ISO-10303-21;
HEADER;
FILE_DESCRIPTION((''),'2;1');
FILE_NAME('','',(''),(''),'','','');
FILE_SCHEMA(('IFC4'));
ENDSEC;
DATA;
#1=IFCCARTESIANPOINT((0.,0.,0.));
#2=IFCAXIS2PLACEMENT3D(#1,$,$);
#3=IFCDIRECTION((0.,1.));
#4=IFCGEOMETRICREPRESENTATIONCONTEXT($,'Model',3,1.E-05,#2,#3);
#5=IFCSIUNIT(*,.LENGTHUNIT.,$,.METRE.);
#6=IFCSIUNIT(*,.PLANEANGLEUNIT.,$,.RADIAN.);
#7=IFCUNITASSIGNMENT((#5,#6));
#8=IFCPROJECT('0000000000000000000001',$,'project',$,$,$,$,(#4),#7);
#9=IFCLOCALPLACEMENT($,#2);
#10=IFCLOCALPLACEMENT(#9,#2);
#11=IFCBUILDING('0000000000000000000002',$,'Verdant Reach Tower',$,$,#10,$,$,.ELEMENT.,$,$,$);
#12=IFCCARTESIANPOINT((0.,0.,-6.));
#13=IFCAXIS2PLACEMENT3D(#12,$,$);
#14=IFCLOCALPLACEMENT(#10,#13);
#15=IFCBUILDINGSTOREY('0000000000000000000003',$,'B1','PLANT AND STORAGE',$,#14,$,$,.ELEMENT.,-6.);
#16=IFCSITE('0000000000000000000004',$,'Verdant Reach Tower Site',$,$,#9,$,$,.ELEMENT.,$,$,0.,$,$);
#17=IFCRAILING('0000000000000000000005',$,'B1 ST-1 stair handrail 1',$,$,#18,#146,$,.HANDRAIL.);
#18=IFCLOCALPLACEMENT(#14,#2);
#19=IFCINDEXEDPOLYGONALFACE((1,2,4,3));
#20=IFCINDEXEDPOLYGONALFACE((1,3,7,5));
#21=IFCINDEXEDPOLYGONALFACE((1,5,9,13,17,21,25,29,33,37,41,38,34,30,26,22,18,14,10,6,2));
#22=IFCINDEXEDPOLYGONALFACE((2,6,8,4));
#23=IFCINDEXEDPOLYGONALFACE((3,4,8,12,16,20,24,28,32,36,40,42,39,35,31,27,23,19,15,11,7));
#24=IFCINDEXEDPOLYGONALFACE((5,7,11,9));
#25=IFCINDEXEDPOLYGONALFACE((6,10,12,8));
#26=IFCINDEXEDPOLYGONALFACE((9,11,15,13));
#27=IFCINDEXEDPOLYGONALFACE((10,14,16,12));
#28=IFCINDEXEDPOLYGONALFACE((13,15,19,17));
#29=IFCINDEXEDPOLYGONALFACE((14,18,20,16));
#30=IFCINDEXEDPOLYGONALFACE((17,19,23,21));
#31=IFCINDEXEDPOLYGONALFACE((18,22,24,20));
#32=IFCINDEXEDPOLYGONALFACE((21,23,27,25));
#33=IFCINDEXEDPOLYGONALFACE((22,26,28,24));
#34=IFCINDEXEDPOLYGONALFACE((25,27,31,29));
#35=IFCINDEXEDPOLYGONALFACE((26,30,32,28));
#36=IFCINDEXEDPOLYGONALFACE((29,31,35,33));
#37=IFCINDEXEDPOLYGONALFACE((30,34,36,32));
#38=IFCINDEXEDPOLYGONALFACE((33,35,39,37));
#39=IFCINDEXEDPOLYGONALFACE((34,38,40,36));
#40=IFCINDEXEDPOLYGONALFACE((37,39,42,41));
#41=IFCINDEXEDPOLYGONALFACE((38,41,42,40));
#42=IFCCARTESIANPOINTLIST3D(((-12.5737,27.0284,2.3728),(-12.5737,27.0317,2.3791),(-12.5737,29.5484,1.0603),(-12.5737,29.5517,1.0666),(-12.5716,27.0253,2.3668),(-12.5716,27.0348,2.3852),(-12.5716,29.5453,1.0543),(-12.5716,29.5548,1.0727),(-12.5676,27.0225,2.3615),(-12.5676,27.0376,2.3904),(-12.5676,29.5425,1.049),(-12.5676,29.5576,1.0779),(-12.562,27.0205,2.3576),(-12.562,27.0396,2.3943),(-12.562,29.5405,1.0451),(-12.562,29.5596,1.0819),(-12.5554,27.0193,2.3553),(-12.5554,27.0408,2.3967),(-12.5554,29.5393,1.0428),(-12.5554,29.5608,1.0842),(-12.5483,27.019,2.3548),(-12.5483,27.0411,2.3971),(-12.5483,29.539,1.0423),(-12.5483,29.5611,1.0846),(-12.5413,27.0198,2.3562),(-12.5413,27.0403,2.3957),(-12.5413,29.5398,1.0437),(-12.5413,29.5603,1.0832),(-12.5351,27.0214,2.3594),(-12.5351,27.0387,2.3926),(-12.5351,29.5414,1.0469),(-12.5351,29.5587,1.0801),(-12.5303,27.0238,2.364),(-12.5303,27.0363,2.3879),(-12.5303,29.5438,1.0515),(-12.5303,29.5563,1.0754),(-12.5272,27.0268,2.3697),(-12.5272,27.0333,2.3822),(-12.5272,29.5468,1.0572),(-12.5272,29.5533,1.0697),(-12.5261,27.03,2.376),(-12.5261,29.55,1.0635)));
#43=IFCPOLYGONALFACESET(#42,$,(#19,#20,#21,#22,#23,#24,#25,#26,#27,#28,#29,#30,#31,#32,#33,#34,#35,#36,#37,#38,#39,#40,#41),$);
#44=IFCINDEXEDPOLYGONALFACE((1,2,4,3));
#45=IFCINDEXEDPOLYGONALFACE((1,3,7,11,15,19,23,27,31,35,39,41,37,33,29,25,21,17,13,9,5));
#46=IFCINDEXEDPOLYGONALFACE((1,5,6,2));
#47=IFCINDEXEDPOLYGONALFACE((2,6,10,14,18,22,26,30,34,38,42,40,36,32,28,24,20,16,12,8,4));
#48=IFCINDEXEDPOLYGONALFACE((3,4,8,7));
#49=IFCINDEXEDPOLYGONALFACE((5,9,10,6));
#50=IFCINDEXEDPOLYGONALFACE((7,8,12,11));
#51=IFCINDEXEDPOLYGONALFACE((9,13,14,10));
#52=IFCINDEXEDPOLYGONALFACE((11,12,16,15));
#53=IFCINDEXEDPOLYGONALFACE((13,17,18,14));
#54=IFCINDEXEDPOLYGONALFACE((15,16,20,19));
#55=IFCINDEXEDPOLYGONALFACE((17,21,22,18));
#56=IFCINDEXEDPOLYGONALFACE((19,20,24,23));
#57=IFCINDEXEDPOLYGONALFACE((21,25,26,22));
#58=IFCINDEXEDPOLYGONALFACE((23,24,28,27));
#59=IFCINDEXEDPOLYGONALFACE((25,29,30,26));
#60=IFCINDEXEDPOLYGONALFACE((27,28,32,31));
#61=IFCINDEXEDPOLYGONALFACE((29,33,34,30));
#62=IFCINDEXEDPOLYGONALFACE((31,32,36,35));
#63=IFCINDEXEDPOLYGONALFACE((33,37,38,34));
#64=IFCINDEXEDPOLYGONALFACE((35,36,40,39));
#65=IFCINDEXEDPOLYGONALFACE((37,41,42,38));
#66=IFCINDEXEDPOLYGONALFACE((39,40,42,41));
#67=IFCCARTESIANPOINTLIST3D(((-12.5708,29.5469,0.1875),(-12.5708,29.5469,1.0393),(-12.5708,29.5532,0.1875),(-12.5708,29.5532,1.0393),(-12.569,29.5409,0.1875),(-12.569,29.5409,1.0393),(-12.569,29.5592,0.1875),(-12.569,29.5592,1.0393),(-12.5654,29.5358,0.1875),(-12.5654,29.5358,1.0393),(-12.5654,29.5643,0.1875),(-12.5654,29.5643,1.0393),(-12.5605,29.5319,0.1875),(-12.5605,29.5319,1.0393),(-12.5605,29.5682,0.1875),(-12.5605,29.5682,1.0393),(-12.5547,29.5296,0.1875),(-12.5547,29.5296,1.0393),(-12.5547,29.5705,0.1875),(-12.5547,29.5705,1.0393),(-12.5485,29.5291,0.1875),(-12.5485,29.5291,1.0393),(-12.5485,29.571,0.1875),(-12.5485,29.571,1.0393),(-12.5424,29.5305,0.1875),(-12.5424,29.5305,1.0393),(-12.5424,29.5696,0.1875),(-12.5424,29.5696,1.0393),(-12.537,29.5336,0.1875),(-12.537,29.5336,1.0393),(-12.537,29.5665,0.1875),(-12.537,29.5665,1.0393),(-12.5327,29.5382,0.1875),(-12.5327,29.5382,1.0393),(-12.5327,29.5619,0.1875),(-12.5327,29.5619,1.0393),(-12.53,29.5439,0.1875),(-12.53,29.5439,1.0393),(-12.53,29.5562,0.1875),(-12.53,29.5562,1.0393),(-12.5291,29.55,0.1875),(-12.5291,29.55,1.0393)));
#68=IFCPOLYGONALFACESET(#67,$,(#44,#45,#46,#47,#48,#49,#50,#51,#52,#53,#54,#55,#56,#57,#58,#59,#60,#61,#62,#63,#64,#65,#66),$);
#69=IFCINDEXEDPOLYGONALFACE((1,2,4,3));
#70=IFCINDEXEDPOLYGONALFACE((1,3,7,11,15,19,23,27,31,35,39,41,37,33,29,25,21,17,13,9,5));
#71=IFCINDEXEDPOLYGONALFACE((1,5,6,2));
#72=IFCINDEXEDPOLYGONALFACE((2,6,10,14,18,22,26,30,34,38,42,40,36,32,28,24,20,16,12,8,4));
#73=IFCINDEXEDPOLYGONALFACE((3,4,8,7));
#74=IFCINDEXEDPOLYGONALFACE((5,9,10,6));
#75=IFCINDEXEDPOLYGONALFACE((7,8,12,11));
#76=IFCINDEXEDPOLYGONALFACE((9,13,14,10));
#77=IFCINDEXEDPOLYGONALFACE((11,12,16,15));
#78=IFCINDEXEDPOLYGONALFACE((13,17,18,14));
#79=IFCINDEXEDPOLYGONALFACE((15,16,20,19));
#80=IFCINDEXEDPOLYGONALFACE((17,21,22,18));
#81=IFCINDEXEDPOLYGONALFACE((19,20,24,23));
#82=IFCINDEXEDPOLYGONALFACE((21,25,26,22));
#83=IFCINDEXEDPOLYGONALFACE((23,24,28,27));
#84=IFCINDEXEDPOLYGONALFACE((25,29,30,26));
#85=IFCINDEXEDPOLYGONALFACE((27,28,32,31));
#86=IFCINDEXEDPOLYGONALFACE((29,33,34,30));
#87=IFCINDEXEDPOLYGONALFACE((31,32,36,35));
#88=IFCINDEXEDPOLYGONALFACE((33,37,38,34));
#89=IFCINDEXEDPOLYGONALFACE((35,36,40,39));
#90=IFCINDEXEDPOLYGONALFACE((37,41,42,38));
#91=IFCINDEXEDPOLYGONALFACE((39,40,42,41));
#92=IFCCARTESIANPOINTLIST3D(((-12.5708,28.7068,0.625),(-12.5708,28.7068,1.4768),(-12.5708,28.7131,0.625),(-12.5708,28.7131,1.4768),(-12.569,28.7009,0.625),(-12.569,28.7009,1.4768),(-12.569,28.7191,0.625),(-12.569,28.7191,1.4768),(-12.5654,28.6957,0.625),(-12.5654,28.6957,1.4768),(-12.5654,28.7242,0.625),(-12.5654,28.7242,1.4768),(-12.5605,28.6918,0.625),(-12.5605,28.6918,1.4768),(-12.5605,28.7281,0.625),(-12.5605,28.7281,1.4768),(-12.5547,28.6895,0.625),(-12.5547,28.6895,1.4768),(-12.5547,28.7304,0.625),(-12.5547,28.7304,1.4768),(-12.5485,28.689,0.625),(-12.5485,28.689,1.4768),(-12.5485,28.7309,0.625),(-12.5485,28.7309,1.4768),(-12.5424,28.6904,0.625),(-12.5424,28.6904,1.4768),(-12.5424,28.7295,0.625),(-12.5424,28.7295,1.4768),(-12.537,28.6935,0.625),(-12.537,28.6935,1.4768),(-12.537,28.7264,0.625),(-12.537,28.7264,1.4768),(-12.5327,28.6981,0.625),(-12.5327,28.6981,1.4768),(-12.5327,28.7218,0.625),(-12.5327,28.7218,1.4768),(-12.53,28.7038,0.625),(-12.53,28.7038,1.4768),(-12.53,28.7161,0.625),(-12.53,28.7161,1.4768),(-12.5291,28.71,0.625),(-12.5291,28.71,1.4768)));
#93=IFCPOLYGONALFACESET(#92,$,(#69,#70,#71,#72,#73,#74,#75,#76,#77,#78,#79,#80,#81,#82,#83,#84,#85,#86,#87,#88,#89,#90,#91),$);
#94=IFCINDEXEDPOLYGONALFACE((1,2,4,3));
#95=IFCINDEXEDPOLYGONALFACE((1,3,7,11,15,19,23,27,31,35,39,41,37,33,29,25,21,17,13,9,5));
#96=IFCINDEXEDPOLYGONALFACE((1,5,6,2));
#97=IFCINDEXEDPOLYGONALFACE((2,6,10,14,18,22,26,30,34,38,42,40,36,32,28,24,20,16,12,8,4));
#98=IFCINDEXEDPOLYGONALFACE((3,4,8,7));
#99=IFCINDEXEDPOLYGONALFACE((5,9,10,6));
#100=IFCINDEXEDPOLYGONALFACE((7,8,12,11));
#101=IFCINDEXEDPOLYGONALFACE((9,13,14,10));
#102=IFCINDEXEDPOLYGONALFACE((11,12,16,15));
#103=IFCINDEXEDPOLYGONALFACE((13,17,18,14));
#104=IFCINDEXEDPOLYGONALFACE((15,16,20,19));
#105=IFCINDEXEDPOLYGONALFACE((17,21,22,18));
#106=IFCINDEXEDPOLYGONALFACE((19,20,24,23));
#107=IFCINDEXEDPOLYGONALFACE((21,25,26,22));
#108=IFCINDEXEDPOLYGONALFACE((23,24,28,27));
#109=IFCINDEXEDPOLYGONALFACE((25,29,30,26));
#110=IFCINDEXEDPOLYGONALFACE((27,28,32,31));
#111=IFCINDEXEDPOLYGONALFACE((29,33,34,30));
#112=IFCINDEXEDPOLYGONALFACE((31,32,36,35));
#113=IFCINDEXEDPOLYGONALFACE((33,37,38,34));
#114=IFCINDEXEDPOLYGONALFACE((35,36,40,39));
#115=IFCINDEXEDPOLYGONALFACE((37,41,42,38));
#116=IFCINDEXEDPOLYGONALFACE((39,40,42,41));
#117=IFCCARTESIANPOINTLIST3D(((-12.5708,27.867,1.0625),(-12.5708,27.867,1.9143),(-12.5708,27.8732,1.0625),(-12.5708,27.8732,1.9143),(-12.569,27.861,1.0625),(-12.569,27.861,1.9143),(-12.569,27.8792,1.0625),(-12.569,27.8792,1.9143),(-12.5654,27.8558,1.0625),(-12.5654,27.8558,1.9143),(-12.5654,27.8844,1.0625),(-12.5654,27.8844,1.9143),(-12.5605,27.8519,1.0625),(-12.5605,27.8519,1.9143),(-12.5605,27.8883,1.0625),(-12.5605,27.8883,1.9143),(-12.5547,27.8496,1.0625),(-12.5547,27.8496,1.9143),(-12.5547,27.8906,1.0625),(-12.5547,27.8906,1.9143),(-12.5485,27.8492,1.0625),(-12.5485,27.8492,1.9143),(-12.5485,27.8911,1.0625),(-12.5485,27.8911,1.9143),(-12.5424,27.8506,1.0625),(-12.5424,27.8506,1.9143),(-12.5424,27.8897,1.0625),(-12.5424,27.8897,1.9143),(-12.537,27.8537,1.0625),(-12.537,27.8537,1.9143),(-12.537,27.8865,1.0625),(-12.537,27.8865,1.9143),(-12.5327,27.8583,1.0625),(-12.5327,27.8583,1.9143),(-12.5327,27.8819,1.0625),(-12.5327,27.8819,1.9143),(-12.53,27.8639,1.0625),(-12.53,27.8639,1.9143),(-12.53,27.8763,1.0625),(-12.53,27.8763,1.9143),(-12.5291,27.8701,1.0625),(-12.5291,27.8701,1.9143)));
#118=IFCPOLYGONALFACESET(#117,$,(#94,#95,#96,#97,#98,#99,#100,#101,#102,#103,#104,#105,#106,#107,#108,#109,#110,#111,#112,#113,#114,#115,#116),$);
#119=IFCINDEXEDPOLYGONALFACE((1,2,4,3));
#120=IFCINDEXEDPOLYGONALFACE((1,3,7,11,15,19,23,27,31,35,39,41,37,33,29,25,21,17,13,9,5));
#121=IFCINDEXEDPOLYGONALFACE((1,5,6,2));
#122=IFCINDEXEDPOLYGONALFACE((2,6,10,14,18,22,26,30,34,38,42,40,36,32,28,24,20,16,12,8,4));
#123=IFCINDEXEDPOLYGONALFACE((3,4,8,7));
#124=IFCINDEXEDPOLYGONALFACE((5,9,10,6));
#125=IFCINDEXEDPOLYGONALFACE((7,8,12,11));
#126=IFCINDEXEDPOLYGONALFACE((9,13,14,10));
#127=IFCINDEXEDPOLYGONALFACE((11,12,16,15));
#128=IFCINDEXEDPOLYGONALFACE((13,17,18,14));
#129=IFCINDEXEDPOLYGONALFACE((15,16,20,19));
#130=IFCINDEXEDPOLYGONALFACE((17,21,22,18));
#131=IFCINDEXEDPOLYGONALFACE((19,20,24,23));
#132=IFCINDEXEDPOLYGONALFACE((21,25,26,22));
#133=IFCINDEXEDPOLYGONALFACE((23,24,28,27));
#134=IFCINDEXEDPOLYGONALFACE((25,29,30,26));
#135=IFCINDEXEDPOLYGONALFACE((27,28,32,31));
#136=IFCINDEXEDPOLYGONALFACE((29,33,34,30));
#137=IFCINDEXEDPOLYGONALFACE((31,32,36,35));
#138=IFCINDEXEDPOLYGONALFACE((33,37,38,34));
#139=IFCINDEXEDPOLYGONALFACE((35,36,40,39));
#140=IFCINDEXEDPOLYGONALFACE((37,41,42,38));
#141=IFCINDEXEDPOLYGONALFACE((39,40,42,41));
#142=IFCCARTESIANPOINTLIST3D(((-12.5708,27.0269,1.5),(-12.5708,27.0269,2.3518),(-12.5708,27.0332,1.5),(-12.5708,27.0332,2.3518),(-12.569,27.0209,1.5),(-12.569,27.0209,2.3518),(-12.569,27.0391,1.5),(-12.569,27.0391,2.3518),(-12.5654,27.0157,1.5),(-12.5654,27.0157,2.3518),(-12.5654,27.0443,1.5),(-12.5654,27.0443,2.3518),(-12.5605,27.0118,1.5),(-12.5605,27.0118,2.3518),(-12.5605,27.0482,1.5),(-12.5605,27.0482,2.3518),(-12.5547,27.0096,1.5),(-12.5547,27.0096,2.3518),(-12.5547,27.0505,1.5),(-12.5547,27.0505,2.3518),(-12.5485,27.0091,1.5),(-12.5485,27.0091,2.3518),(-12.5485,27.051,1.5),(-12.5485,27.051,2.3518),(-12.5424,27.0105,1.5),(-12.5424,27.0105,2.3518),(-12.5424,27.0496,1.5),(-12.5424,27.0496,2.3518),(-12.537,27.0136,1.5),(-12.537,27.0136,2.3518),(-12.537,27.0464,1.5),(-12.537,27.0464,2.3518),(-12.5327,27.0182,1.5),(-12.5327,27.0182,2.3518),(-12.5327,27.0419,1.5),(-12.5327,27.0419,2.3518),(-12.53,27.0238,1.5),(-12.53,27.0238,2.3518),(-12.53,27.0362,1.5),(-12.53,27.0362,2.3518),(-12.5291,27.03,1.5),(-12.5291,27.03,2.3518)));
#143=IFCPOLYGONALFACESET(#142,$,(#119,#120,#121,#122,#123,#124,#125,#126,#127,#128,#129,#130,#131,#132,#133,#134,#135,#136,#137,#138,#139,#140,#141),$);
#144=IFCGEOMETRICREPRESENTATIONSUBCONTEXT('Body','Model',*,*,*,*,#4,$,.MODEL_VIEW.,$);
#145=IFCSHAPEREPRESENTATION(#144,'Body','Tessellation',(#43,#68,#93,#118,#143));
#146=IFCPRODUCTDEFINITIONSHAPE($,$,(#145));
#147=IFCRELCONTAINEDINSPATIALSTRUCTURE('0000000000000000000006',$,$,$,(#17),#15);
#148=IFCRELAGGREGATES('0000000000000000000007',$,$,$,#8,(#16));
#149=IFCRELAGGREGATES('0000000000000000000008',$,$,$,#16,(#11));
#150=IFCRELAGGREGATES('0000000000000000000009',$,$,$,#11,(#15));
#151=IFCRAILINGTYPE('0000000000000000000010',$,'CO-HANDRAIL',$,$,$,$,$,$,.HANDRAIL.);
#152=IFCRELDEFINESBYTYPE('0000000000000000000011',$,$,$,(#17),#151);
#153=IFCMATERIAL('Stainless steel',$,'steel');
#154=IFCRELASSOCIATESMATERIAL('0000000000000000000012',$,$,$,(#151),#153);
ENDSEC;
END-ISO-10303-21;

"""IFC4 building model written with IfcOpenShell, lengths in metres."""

from ifc_helpers import new_model, si_unit, direction, frame, origin, origin_2d, place, context, subcontext, project, spatial, circle, extrude, material, type_object, element, save


model = new_model("IFC4")

# Units and contexts
model_context = context("Model", 3, precision=1e-05, world=origin(), true_north=direction((0.0, 1.0)))
body_context = subcontext(model_context, "Body", "Model", "MODEL_VIEW")
ifc_project = project(units=[si_unit("LENGTHUNIT", "METRE"), si_unit("PLANEANGLEUNIT", "RADIAN")], contexts=[model_context])

# Site, building, storey
site_placement = place(None, origin())
site = spatial("IfcSite", under=ifc_project, at=site_placement, Name="Verdant Reach Tower Site", CompositionType="ELEMENT", RefElevation=0.0)
building_placement = place(site_placement, origin())
building = spatial("IfcBuilding", under=site, at=building_placement, Name="Verdant Reach Tower", CompositionType="ELEMENT")
storey_placement = place(building_placement, frame((0.0, 0.0, -6.0)))
storey = spatial("IfcBuildingStorey", under=building, at=storey_placement, Name="B1", Description="PLANT AND STORAGE", CompositionType="ELEMENT", Elevation=-6.0)

# Shared definitions
ifc_material_1 = material(Name="Stainless steel", Category="steel")

# Railing
railing_type = type_object("IfcRailingType", Name="CO-HANDRAIL", PredefinedType="HANDRAIL", material=ifc_material_1)
for number, where, name in (
    (1, (-12.55, 29.55, 0.1875), "B1 ST-1 stair handrail 1"),
):
    element("IfcRailing", number, at=place(storey_placement, frame(where)), inside=storey, type_object=railing_type, Name=name, PredefinedType="HANDRAIL", context=body_context, shape_type="SweptSolid", body=[
        extrude(circle(Radius=0.0239, at=origin_2d()), frame((0.0, 0.0, 0.876), z_axis=(0.0, -0.886916, 0.461932), x_axis=(1.0, 0.0, 0.0)), (0.0, 0.0, 1.0), 2.8413),
        extrude(circle(Radius=0.021, at=origin_2d()), origin(), (0.0, 0.0, 1.0), 0.8518),
        extrude(circle(Radius=0.021, at=origin_2d()), frame((0.0, -0.8401, 0.4375)), (0.0, 0.0, 1.0), 0.8518),
        extrude(circle(Radius=0.021, at=origin_2d()), frame((0.0, -1.6799, 0.875)), (0.0, 0.0, 1.0), 0.8518),
        extrude(circle(Radius=0.021, at=origin_2d()), frame((0.0, -2.52, 1.3125)), (0.0, 0.0, 1.0), 0.8518),
    ])

save(model, "model.ifc")
